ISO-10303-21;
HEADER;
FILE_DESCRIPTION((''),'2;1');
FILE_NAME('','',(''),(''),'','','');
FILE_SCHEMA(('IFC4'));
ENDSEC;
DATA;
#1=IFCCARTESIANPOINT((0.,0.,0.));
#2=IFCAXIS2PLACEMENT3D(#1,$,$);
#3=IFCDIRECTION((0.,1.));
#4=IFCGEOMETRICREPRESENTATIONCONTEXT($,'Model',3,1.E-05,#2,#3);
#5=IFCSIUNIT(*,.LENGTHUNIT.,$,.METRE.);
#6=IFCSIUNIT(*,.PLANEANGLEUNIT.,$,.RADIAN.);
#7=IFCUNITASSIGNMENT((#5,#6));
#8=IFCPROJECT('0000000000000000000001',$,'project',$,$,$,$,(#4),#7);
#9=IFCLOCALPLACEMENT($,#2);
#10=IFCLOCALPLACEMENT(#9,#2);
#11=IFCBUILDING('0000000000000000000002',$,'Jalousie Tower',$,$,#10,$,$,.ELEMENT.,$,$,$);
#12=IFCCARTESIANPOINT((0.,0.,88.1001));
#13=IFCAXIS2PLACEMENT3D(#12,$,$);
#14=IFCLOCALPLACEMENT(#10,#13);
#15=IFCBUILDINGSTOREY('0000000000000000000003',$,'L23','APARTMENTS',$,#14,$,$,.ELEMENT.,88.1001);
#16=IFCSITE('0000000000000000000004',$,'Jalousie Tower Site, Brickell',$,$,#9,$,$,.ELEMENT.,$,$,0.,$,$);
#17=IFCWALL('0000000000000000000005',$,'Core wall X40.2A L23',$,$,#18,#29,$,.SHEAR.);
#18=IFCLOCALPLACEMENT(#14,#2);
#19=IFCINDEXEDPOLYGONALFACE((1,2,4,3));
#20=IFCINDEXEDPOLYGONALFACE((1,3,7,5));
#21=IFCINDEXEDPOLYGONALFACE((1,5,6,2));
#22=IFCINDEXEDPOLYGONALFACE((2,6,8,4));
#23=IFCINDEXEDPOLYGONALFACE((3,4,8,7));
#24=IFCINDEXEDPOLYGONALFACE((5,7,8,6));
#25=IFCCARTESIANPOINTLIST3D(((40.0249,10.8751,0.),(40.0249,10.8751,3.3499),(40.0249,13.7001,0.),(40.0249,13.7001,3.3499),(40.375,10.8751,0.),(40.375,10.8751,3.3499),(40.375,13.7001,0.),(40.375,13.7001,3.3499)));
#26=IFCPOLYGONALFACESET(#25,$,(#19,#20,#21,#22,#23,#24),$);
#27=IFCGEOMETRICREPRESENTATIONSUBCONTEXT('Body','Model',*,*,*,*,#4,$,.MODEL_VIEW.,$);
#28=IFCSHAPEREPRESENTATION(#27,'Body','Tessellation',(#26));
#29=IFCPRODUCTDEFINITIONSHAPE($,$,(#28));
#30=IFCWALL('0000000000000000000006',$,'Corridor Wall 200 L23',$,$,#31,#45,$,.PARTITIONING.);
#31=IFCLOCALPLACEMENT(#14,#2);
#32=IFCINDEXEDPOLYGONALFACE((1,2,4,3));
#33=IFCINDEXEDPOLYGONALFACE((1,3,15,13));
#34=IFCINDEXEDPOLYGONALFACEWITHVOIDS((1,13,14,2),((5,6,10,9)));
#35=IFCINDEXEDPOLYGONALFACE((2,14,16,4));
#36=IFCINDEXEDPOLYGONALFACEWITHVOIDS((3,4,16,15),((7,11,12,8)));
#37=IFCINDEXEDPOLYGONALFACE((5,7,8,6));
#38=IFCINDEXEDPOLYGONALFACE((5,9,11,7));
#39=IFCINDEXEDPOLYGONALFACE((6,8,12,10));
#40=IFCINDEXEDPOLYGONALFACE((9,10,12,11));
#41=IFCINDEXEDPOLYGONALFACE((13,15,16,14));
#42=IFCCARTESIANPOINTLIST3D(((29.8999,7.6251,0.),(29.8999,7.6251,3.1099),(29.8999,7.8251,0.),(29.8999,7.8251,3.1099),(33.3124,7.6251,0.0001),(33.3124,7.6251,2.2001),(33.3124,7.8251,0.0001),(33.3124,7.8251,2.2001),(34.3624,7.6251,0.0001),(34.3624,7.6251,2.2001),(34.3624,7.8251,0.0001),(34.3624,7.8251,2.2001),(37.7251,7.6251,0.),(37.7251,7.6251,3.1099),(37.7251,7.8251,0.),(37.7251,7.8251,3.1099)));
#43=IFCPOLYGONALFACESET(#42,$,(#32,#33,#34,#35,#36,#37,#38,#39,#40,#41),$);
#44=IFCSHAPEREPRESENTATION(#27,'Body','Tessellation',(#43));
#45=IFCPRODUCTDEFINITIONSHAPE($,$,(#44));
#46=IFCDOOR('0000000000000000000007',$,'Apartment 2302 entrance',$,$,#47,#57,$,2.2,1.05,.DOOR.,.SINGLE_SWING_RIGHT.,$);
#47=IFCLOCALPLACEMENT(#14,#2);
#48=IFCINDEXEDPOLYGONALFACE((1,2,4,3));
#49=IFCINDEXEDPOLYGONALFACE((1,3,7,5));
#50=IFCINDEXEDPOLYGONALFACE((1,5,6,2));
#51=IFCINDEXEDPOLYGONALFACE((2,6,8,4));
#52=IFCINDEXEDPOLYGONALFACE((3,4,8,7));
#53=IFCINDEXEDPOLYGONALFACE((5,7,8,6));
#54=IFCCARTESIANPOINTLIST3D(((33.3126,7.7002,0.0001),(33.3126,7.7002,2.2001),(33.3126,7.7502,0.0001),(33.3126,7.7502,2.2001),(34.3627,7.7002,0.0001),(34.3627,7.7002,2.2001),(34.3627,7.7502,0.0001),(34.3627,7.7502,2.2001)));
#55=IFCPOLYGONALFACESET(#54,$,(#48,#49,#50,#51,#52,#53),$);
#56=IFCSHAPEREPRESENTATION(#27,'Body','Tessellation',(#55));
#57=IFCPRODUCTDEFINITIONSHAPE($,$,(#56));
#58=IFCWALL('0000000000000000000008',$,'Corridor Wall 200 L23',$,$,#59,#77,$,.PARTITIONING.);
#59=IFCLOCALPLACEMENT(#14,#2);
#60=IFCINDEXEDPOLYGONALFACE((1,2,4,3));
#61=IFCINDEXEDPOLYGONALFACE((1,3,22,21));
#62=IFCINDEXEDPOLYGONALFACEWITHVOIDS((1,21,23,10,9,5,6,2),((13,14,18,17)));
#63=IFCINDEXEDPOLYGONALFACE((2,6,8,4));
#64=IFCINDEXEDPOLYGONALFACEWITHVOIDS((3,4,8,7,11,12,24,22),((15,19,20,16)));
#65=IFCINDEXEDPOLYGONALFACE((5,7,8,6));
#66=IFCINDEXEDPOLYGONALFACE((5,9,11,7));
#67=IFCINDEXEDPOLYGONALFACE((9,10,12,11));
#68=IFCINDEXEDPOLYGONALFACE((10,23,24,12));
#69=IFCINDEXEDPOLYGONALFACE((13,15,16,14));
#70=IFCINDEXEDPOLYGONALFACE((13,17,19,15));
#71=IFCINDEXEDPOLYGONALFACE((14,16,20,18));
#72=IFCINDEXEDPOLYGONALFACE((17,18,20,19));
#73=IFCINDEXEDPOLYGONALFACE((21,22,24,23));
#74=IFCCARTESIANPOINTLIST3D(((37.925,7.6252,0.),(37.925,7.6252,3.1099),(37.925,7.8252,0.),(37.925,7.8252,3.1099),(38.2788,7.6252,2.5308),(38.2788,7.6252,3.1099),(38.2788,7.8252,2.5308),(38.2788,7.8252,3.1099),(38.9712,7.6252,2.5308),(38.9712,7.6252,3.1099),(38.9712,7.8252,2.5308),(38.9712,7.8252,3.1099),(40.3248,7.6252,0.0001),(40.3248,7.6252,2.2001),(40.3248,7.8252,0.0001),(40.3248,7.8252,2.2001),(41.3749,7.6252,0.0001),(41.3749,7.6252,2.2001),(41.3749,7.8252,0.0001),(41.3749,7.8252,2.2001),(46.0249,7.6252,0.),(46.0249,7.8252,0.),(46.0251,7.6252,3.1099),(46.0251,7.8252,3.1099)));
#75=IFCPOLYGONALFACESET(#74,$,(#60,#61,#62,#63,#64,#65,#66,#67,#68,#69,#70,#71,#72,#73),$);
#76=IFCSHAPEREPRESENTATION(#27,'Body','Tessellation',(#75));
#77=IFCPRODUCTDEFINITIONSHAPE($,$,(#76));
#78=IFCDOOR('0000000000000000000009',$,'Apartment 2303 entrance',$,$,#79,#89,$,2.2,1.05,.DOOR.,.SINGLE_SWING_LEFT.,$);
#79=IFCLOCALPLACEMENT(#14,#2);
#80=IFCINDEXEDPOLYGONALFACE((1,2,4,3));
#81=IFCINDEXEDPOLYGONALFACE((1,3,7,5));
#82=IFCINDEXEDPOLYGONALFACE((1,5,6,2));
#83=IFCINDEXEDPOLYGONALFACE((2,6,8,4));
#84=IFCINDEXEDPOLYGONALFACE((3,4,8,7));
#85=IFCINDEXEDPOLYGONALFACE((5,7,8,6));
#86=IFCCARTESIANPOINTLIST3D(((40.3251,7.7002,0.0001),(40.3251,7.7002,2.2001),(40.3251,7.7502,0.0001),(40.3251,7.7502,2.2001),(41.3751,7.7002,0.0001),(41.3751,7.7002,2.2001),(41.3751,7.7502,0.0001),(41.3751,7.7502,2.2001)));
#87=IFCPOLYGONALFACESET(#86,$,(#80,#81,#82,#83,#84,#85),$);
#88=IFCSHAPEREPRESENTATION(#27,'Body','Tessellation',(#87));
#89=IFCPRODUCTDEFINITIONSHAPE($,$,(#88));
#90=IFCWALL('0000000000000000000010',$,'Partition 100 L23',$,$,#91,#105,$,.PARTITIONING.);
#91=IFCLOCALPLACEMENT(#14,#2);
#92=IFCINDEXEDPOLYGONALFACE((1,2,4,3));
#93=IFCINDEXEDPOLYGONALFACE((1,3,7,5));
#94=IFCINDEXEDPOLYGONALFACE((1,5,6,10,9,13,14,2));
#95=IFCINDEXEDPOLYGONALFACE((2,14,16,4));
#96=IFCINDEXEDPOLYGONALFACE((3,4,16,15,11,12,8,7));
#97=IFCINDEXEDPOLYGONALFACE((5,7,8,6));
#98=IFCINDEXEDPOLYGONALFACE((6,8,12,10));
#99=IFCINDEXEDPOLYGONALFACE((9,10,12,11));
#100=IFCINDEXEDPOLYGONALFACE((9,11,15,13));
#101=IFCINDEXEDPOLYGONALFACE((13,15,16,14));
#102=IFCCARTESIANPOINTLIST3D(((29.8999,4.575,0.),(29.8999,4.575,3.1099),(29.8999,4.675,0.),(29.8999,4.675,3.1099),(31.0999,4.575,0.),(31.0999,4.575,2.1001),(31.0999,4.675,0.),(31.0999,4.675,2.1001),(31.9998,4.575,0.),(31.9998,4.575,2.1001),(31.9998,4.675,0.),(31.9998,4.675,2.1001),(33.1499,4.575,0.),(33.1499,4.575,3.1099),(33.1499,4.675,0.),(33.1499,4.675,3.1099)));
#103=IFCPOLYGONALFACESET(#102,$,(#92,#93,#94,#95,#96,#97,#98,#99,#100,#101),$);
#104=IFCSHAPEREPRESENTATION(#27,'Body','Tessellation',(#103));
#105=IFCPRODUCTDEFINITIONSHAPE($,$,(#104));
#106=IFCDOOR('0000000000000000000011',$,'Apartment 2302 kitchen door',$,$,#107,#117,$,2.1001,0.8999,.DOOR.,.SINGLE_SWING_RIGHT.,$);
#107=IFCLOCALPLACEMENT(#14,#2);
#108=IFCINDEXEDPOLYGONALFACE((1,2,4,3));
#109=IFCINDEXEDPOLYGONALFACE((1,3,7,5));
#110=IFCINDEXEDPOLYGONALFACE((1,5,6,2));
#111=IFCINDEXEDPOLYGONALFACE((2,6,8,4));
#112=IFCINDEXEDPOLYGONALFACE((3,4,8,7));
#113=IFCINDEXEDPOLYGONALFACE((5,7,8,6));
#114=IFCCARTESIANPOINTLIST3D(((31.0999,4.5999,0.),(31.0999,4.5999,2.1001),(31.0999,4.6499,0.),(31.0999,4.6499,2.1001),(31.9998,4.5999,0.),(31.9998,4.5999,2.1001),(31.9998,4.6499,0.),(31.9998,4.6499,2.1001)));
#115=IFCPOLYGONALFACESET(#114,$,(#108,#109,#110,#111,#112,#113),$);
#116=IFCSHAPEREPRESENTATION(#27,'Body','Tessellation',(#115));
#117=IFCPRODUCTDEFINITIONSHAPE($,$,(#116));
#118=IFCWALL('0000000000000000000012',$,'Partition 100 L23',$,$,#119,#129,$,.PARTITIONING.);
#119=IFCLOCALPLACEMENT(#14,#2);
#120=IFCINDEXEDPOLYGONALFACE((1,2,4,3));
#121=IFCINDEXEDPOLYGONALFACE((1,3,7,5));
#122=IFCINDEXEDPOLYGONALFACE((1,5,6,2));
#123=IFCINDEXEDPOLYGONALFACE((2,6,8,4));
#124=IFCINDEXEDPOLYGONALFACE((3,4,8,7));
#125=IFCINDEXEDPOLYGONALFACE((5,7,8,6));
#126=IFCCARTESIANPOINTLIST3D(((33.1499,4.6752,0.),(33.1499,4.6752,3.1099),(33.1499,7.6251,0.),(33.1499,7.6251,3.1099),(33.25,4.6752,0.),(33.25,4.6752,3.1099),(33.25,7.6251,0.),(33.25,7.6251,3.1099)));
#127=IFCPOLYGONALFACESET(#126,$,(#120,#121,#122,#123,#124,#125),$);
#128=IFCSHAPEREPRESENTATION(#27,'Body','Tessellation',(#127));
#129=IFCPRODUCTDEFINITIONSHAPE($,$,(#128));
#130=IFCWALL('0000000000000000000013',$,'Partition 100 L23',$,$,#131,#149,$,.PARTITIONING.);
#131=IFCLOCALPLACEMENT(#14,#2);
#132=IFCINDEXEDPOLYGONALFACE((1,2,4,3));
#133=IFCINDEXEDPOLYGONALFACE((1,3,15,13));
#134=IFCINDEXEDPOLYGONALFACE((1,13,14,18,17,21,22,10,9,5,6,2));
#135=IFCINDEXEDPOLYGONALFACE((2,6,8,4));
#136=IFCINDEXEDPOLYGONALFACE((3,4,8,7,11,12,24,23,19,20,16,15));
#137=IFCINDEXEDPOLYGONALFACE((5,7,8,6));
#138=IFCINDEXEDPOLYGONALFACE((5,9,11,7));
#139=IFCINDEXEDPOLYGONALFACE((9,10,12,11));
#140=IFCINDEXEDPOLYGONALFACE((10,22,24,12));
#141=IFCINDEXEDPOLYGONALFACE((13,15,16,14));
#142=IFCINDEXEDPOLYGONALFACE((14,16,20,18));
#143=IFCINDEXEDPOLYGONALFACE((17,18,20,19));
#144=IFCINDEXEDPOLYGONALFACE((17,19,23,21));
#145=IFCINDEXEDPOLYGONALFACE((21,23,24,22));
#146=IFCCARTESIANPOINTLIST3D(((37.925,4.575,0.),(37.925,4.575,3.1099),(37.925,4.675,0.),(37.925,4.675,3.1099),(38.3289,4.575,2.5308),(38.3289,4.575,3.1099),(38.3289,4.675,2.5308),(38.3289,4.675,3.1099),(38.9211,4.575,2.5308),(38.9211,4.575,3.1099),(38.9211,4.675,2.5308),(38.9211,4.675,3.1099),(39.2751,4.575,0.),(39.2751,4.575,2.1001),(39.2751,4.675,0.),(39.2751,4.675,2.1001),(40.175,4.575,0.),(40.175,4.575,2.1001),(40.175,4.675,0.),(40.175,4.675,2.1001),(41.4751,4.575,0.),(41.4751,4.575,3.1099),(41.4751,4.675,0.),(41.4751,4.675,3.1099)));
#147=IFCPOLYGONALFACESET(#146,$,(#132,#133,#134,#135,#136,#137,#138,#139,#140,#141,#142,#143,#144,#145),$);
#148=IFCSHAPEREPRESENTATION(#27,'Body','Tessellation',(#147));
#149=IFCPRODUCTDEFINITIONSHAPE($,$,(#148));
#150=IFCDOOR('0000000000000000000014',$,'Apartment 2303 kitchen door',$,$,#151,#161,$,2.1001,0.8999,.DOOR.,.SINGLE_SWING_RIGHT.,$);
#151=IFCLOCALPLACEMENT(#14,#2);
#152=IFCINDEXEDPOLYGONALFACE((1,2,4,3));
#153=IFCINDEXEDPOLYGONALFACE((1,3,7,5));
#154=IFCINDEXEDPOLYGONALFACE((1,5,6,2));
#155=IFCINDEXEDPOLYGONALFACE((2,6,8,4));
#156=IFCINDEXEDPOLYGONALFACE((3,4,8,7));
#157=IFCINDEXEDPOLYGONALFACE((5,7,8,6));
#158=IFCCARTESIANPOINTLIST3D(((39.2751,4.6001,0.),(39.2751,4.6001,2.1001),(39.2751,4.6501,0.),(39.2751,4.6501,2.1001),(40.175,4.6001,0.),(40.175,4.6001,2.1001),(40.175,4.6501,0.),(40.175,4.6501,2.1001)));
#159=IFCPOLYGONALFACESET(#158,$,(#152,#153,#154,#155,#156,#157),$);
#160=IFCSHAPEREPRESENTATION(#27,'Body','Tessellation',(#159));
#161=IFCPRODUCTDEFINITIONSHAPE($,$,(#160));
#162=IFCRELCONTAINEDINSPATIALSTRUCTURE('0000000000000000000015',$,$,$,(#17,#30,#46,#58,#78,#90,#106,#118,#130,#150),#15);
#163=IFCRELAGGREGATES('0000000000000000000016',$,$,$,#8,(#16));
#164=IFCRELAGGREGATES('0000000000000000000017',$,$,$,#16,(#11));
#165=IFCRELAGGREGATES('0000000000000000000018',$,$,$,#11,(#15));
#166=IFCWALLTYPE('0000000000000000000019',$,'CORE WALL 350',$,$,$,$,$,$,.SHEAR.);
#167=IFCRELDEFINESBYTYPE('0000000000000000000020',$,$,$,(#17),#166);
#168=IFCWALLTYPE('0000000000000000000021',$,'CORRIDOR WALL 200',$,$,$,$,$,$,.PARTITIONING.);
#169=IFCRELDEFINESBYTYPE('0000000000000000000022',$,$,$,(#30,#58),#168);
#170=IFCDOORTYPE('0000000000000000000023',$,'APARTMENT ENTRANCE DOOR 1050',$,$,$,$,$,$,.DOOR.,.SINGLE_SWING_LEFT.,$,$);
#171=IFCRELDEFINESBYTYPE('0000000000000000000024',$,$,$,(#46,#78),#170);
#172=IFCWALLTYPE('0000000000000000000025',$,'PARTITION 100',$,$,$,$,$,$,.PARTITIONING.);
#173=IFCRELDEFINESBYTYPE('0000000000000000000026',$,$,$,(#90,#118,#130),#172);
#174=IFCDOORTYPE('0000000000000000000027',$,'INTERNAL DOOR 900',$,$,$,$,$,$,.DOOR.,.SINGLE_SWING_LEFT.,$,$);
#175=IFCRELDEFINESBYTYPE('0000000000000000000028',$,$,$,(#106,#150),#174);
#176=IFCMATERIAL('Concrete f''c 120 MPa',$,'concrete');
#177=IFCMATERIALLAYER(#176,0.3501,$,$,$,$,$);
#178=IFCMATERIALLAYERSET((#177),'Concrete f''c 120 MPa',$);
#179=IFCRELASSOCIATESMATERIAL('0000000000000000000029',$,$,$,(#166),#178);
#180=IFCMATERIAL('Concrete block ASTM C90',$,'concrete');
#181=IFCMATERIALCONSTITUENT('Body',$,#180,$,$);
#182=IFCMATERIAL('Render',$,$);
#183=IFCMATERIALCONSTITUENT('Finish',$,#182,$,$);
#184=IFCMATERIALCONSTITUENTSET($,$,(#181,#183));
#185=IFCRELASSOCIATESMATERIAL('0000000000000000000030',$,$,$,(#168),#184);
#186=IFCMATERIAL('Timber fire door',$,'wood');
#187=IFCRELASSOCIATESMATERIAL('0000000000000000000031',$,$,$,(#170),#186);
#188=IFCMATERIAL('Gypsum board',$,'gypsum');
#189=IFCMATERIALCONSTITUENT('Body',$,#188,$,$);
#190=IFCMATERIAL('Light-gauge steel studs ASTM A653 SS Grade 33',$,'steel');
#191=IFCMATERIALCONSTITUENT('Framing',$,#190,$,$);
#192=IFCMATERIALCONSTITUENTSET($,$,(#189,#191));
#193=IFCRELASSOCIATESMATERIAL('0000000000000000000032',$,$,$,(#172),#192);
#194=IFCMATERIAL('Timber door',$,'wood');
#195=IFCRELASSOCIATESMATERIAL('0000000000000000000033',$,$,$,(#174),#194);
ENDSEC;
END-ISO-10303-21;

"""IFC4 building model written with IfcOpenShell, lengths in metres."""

from ifc_helpers import new_model, si_unit, direction, frame, frame_2d, origin, place, context, subcontext, project, spatial, polyline, rectangle, outline, extrude, material, layer, layer_set, constituent, constituent_set, type_object, element, fill, save


model = new_model("IFC4")

# Units and contexts
model_context = context("Model", 3, precision=1e-05, world=origin(), true_north=direction((0.0, 1.0)))
body_context = subcontext(model_context, "Body", "Model", "MODEL_VIEW")
ifc_project = project(units=[si_unit("LENGTHUNIT", "METRE"), si_unit("PLANEANGLEUNIT", "RADIAN")], contexts=[model_context])

# Site, building, storey
site_placement = place(None, origin())
site = spatial("IfcSite", under=ifc_project, at=site_placement, Name="Jalousie Tower Site, Brickell", CompositionType="ELEMENT", RefElevation=0.0)
building_placement = place(site_placement, origin())
building = spatial("IfcBuilding", under=site, at=building_placement, Name="Jalousie Tower", CompositionType="ELEMENT")
storey_placement = place(building_placement, frame((0.0, 0.0, 88.1001)))
storey = spatial("IfcBuildingStorey", under=building, at=storey_placement, Name="L23", Description="APARTMENTS", CompositionType="ELEMENT", Elevation=88.1001)

# Shared definitions
ifc_material_1 = material(Name="Concrete f'c 120 MPa", Category="concrete")
ifc_layer_1 = layer(ifc_material_1, 0.3501)
ifc_layer_set_1 = layer_set([ifc_layer_1], Name="Concrete f'c 120 MPa")
wall_type_1 = type_object("IfcWallType", Name="CORE WALL 350", PredefinedType="SHEAR", material=ifc_layer_set_1)

# Wall
wall_1_placement = place(storey_placement, frame((40.2, 10.875, 0.0), z_axis=(0.0, 0.0, 1.0), x_axis=(0.0, 1.0, 0.0)))
element("IfcWall", 1, at=wall_1_placement, inside=storey, type_object=wall_type_1, Name="Core wall X40.2A L23", PredefinedType="SHEAR", context=body_context, shape_type="SweptSolid", body=[
    extrude(rectangle(XDim=2.825, YDim=0.3501, at=frame_2d((1.4126, 0.0))), origin(), (0.0, 0.0, 1.0), 3.3499),
])

# Walls, openings, doors
ifc_material_2 = material(Name="Concrete block ASTM C90", Category="concrete")
ifc_constituent_1 = constituent(ifc_material_2, Name="Body")
ifc_material_3 = material(Name="Render")
ifc_constituent_2 = constituent(ifc_material_3, Name="Finish")
ifc_constituent_set_1 = constituent_set(constituents=[ifc_constituent_1, ifc_constituent_2])
wall_type_2 = type_object("IfcWallType", Name="CORRIDOR WALL 200", PredefinedType="PARTITIONING", material=ifc_constituent_set_1)
wall_2_placement = place(storey_placement, frame((29.8999, 7.7251, 0.0), z_axis=(0.0, 0.0, 1.0), x_axis=(1.0, 0.0, 0.0)))
wall_2 = element("IfcWall", 2, at=wall_2_placement, inside=storey, type_object=wall_type_2, Name="Corridor Wall 200 L23", PredefinedType="PARTITIONING", context=body_context, shape_type="SweptSolid", body=[
    extrude(rectangle(XDim=7.8252, YDim=0.2, at=frame_2d((3.9126, 0.0))), origin(), (0.0, 0.0, 1.0), 3.1099),
])
opening_1_placement = place(wall_2_placement, frame((3.4126, 0.0, 0.0)))
opening_1 = element("IfcOpeningElement", 3, at=opening_1_placement, cuts=wall_2, PredefinedType="OPENING", context=body_context, shape_type="SweptSolid", body=[
    extrude(rectangle(XDim=1.05, YDim=2.2, at=frame_2d((0.5249, 1.1001))), frame((0.0, 0.1099, 0.0), z_axis=(0.0, -1.0, 0.0), x_axis=(1.0, 0.0, 0.0)), (0.0, 0.0, 1.0), 0.22),
])
ifc_material_4 = material(Name="Timber fire door", Category="wood")
door_type_1 = type_object("IfcDoorType", Name="APARTMENT ENTRANCE DOOR 1050", OperationType="SINGLE_SWING_LEFT", PredefinedType="DOOR", material=ifc_material_4)
door_1_placement = place(opening_1_placement, frame((1.05, 0.0, 0.0), z_axis=(0.0, 0.0, 1.0), x_axis=(-1.0, 0.0, 0.0)))
door_1 = element("IfcDoor", 4, at=door_1_placement, inside=storey, type_object=door_type_1, Name="Apartment 2302 entrance", OperationType="SINGLE_SWING_RIGHT", OverallHeight=2.2, OverallWidth=1.05, PredefinedType="DOOR", context=body_context, shape_type="SweptSolid", body=[
    extrude(rectangle(XDim=1.05, YDim=2.2, at=frame_2d((0.5249, 1.1001))), frame((0.0, 0.0249, 0.0), z_axis=(0.0, -1.0, 0.0), x_axis=(1.0, 0.0, 0.0)), (0.0, 0.0, 1.0), 0.05),
])
fill(opening_1, door_1)
wall_3_placement = place(storey_placement, frame((37.925, 7.7251, 0.0), z_axis=(0.0, 0.0, 1.0), x_axis=(1.0, 0.0, 0.0)))
wall_3 = element("IfcWall", 5, at=wall_3_placement, inside=storey, type_object=wall_type_2, Name="Corridor Wall 200 L23", PredefinedType="PARTITIONING", context=body_context, shape_type="SweptSolid", body=[
    extrude(outline(polyline([(0.0, 0.0), (8.0999, 0.0), (8.1001, 3.1099), (1.0461, 3.1099), (1.0461, 2.5308), (0.3538, 2.5308), (0.3538, 3.1099), (0.0, 3.1099), (0.0, 0.0)])), frame((0.0, 0.1001, 0.0), z_axis=(0.0, -1.0, 0.0), x_axis=(1.0, 0.0, 0.0)), (0.0, 0.0, 1.0), 0.2),
])
opening_2_placement = place(wall_3_placement, frame((2.3999, 0.0, 0.0)))
opening_2 = element("IfcOpeningElement", 6, at=opening_2_placement, cuts=wall_3, PredefinedType="OPENING", context=body_context, shape_type="SweptSolid", body=[
    extrude(rectangle(XDim=1.05, YDim=2.2, at=frame_2d((0.5249, 1.1001))), frame((0.0, 0.1099, 0.0), z_axis=(0.0, -1.0, 0.0), x_axis=(1.0, 0.0, 0.0)), (0.0, 0.0, 1.0), 0.22),
])
door_2_placement = place(opening_2_placement, frame((1.05, 0.0, 0.0), z_axis=(0.0, 0.0, 1.0), x_axis=(-1.0, 0.0, 0.0)))
door_2 = element("IfcDoor", 7, at=door_2_placement, inside=storey, type_object=door_type_1, Name="Apartment 2303 entrance", OperationType="SINGLE_SWING_LEFT", OverallHeight=2.2, OverallWidth=1.05, PredefinedType="DOOR", context=body_context, shape_type="SweptSolid", body=[
    extrude(rectangle(XDim=1.05, YDim=2.2, at=frame_2d((0.5249, 1.1001))), frame((0.0, 0.0249, 0.0), z_axis=(0.0, -1.0, 0.0), x_axis=(1.0, 0.0, 0.0)), (0.0, 0.0, 1.0), 0.05),
])
fill(opening_2, door_2)
ifc_material_5 = material(Name="Gypsum board", Category="gypsum")
ifc_constituent_3 = constituent(ifc_material_5, Name="Body")
ifc_material_6 = material(Name="Light-gauge steel studs ASTM A653 SS Grade 33", Category="steel")
ifc_constituent_4 = constituent(ifc_material_6, Name="Framing")
ifc_constituent_set_2 = constituent_set(constituents=[ifc_constituent_3, ifc_constituent_4])
wall_type_3 = type_object("IfcWallType", Name="PARTITION 100", PredefinedType="PARTITIONING", material=ifc_constituent_set_2)
wall_4_placement = place(storey_placement, frame((29.8999, 4.625, 0.0), z_axis=(0.0, 0.0, 1.0), x_axis=(1.0, 0.0, 0.0)))
wall_4 = element("IfcWall", 8, at=wall_4_placement, inside=storey, type_object=wall_type_3, Name="Partition 100 L23", PredefinedType="PARTITIONING", context=body_context, shape_type="SweptSolid", body=[
    extrude(rectangle(XDim=3.25, YDim=0.1001, at=frame_2d((1.625, 0.0))), origin(), (0.0, 0.0, 1.0), 3.1099),
])
opening_3_placement = place(wall_4_placement, frame((1.2, 0.0, 0.0)))
opening_3 = element("IfcOpeningElement", 9, at=opening_3_placement, cuts=wall_4, PredefinedType="OPENING", context=body_context, shape_type="SweptSolid", body=[
    extrude(rectangle(XDim=0.8999, YDim=2.1001, at=frame_2d((0.45, 1.05))), frame((0.0, 0.0601, 0.0), z_axis=(0.0, -1.0, 0.0), x_axis=(1.0, 0.0, 0.0)), (0.0, 0.0, 1.0), 0.1201),
])
ifc_material_7 = material(Name="Timber door", Category="wood")
door_type_2 = type_object("IfcDoorType", Name="INTERNAL DOOR 900", OperationType="SINGLE_SWING_LEFT", PredefinedType="DOOR", material=ifc_material_7)
door_3_placement = place(opening_3_placement, origin())
door_3 = element("IfcDoor", 10, at=door_3_placement, inside=storey, type_object=door_type_2, Name="Apartment 2302 kitchen door", OperationType="SINGLE_SWING_RIGHT", OverallHeight=2.1001, OverallWidth=0.8999, PredefinedType="DOOR", context=body_context, shape_type="SweptSolid", body=[
    extrude(rectangle(XDim=0.8999, YDim=2.1001, at=frame_2d((0.45, 1.05))), frame((0.0, 0.0249, 0.0), z_axis=(0.0, -1.0, 0.0), x_axis=(1.0, 0.0, 0.0)), (0.0, 0.0, 1.0), 0.05),
])
fill(opening_3, door_3)

# Wall
wall_5_placement = place(storey_placement, frame((33.2, 4.675, 0.0), z_axis=(0.0, 0.0, 1.0), x_axis=(0.0, 1.0, 0.0)))
element("IfcWall", 11, at=wall_5_placement, inside=storey, type_object=wall_type_3, Name="Partition 100 L23", PredefinedType="PARTITIONING", context=body_context, shape_type="SweptSolid", body=[
    extrude(rectangle(XDim=2.95, YDim=0.1001, at=frame_2d((1.4751, 0.0))), origin(), (0.0, 0.0, 1.0), 3.1099),
])

# Wall, opening, door
wall_6_placement = place(storey_placement, frame((37.925, 4.625, 0.0), z_axis=(0.0, 0.0, 1.0), x_axis=(1.0, 0.0, 0.0)))
wall_6 = element("IfcWall", 12, at=wall_6_placement, inside=storey, type_object=wall_type_3, Name="Partition 100 L23", PredefinedType="PARTITIONING", context=body_context, shape_type="SweptSolid", body=[
    extrude(outline(polyline([(0.0, 0.0), (3.55, 0.0), (3.55, 3.1099), (0.9961, 3.1099), (0.9961, 2.5308), (0.4038, 2.5308), (0.4038, 3.1099), (0.0, 3.1099), (0.0, 0.0)])), frame((0.0, 0.05, 0.0), z_axis=(0.0, -1.0, 0.0), x_axis=(1.0, 0.0, 0.0)), (0.0, 0.0, 1.0), 0.1001),
])
opening_4_placement = place(wall_6_placement, frame((1.3501, 0.0, 0.0)))
opening_4 = element("IfcOpeningElement", 13, at=opening_4_placement, cuts=wall_6, PredefinedType="OPENING", context=body_context, shape_type="SweptSolid", body=[
    extrude(rectangle(XDim=0.8999, YDim=2.1001, at=frame_2d((0.45, 1.05))), frame((0.0, 0.0601, 0.0), z_axis=(0.0, -1.0, 0.0), x_axis=(1.0, 0.0, 0.0)), (0.0, 0.0, 1.0), 0.1201),
])
door_4_placement = place(opening_4_placement, frame((0.8999, 0.0, 0.0), z_axis=(0.0, 0.0, 1.0), x_axis=(-1.0, 0.0, 0.0)))
door_4 = element("IfcDoor", 14, at=door_4_placement, inside=storey, type_object=door_type_2, Name="Apartment 2303 kitchen door", OperationType="SINGLE_SWING_RIGHT", OverallHeight=2.1001, OverallWidth=0.8999, PredefinedType="DOOR", context=body_context, shape_type="SweptSolid", body=[
    extrude(rectangle(XDim=0.8999, YDim=2.1001, at=frame_2d((0.45, 1.05))), frame((0.0, 0.0249, 0.0), z_axis=(0.0, -1.0, 0.0), x_axis=(1.0, 0.0, 0.0)), (0.0, 0.0, 1.0), 0.05),
])
fill(opening_4, door_4)

save(model, "model.ifc")
